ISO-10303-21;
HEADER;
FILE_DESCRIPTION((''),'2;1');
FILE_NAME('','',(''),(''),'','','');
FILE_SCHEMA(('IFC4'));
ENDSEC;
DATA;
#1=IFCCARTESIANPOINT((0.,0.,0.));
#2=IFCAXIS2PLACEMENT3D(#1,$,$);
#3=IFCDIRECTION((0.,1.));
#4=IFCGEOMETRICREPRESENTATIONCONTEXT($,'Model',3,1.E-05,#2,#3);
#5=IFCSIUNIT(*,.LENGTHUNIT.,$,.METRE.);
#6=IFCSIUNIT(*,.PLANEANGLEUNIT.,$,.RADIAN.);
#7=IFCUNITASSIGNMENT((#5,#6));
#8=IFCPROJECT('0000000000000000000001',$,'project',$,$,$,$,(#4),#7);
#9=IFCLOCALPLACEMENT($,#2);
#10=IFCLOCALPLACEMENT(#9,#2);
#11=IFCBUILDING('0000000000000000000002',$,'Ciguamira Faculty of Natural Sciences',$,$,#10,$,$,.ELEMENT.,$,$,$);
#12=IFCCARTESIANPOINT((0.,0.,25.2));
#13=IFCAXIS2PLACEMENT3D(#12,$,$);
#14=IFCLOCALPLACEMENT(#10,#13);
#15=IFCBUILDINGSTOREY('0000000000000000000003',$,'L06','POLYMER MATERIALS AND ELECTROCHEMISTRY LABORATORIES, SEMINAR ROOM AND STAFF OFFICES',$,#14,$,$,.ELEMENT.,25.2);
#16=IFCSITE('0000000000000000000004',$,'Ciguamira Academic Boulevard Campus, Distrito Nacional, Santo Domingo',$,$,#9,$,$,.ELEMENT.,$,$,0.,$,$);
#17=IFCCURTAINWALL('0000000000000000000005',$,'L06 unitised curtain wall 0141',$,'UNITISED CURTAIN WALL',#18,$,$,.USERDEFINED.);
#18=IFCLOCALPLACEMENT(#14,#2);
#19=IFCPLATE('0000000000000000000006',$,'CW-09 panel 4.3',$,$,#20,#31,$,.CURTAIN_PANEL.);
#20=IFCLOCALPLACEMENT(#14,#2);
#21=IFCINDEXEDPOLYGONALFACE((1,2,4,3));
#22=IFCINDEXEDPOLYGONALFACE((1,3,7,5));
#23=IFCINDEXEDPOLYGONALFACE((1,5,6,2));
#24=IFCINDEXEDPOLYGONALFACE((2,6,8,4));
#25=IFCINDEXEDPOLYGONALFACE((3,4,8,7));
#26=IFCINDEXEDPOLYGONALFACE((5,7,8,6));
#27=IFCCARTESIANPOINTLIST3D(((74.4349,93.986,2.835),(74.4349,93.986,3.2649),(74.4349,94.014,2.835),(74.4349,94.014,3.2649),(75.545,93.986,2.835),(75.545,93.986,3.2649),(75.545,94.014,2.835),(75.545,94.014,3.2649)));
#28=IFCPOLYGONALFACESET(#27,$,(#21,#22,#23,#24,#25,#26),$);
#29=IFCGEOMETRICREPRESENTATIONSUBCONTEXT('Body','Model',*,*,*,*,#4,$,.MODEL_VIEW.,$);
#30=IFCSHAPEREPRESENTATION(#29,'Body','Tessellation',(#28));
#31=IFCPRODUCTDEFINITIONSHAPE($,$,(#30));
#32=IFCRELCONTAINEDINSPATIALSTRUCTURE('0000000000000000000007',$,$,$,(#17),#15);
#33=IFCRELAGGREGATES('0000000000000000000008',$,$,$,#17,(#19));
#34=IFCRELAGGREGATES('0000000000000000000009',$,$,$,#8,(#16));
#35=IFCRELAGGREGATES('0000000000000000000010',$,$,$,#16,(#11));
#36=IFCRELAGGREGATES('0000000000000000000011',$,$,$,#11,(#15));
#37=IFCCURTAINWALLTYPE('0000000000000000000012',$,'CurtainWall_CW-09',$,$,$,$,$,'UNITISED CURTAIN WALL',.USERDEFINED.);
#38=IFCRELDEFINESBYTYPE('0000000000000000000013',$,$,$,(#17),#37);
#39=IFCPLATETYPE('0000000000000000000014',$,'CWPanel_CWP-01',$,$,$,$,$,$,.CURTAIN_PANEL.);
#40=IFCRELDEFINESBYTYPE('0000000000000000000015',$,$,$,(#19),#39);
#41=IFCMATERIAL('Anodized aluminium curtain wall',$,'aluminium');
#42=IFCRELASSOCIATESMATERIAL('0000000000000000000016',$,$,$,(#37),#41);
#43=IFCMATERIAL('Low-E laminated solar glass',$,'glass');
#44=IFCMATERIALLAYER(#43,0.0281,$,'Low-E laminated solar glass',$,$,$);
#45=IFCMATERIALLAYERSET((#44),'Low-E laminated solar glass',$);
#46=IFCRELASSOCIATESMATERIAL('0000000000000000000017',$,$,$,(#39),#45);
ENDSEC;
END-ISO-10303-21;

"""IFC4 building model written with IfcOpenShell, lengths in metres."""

from ifc_helpers import new_model, si_unit, direction, frame, origin, origin_2d, place, context, subcontext, project, spatial, rectangle, extrude, material, layer, layer_set, type_object, element, aggregate, save


model = new_model("IFC4")

# Units and contexts
model_context = context("Model", 3, precision=1e-05, world=origin(), true_north=direction((0.0, 1.0)))
body_context = subcontext(model_context, "Body", "Model", "MODEL_VIEW")
ifc_project = project(units=[si_unit("LENGTHUNIT", "METRE"), si_unit("PLANEANGLEUNIT", "RADIAN")], contexts=[model_context])

# Site, building, storey
site_placement = place(None, origin())
site = spatial("IfcSite", under=ifc_project, at=site_placement, Name="Ciguamira Academic Boulevard Campus, Distrito Nacional, Santo Domingo", CompositionType="ELEMENT", RefElevation=0.0)
building_placement = place(site_placement, origin())
building = spatial("IfcBuilding", under=site, at=building_placement, Name="Ciguamira Faculty of Natural Sciences", CompositionType="ELEMENT")
storey_placement = place(building_placement, frame((0.0, 0.0, 25.2)))
storey = spatial("IfcBuildingStorey", under=building, at=storey_placement, Name="L06", Description="POLYMER MATERIALS AND ELECTROCHEMISTRY LABORATORIES, SEMINAR ROOM AND STAFF OFFICES", CompositionType="ELEMENT", Elevation=25.2)

# Curtain wall, plate
ifc_material_1 = material(Name="Anodized aluminium curtain wall", Category="aluminium")
curtain_wall_type = type_object("IfcCurtainWallType", Name="CurtainWall_CW-09", ElementType="UNITISED CURTAIN WALL", PredefinedType="USERDEFINED", material=ifc_material_1)
curtain_wall_placement = place(storey_placement, origin())
curtain_wall = element("IfcCurtainWall", 1, at=curtain_wall_placement, inside=storey, type_object=curtain_wall_type, Name="L06 unitised curtain wall 0141", ObjectType="UNITISED CURTAIN WALL", PredefinedType="USERDEFINED")
ifc_material_2 = material(Name="Low-E laminated solar glass", Category="glass")
ifc_layer = layer(ifc_material_2, 0.0281, Name="Low-E laminated solar glass")
ifc_layer_set = layer_set([ifc_layer], Name="Low-E laminated solar glass")
plate_type = type_object("IfcPlateType", Name="CWPanel_CWP-01", PredefinedType="CURTAIN_PANEL", material=ifc_layer_set)
plate_1_placement = place(storey_placement, frame((74.99, 94.0, 2.835), z_axis=(0.0, 0.0, 1.0), x_axis=(1.0, 0.0, 0.0)))
plate_1 = element("IfcPlate", 2, at=plate_1_placement, type_object=plate_type, Name="CW-09 panel 4.3", PredefinedType="CURTAIN_PANEL", context=body_context, shape_type="SweptSolid", body=[
    extrude(rectangle(XDim=1.1101, YDim=0.0281, at=origin_2d()), origin(), (0.0, 0.0, 1.0), 0.4299),
])
aggregate(curtain_wall, [plate_1])

save(model, "model.ifc")
